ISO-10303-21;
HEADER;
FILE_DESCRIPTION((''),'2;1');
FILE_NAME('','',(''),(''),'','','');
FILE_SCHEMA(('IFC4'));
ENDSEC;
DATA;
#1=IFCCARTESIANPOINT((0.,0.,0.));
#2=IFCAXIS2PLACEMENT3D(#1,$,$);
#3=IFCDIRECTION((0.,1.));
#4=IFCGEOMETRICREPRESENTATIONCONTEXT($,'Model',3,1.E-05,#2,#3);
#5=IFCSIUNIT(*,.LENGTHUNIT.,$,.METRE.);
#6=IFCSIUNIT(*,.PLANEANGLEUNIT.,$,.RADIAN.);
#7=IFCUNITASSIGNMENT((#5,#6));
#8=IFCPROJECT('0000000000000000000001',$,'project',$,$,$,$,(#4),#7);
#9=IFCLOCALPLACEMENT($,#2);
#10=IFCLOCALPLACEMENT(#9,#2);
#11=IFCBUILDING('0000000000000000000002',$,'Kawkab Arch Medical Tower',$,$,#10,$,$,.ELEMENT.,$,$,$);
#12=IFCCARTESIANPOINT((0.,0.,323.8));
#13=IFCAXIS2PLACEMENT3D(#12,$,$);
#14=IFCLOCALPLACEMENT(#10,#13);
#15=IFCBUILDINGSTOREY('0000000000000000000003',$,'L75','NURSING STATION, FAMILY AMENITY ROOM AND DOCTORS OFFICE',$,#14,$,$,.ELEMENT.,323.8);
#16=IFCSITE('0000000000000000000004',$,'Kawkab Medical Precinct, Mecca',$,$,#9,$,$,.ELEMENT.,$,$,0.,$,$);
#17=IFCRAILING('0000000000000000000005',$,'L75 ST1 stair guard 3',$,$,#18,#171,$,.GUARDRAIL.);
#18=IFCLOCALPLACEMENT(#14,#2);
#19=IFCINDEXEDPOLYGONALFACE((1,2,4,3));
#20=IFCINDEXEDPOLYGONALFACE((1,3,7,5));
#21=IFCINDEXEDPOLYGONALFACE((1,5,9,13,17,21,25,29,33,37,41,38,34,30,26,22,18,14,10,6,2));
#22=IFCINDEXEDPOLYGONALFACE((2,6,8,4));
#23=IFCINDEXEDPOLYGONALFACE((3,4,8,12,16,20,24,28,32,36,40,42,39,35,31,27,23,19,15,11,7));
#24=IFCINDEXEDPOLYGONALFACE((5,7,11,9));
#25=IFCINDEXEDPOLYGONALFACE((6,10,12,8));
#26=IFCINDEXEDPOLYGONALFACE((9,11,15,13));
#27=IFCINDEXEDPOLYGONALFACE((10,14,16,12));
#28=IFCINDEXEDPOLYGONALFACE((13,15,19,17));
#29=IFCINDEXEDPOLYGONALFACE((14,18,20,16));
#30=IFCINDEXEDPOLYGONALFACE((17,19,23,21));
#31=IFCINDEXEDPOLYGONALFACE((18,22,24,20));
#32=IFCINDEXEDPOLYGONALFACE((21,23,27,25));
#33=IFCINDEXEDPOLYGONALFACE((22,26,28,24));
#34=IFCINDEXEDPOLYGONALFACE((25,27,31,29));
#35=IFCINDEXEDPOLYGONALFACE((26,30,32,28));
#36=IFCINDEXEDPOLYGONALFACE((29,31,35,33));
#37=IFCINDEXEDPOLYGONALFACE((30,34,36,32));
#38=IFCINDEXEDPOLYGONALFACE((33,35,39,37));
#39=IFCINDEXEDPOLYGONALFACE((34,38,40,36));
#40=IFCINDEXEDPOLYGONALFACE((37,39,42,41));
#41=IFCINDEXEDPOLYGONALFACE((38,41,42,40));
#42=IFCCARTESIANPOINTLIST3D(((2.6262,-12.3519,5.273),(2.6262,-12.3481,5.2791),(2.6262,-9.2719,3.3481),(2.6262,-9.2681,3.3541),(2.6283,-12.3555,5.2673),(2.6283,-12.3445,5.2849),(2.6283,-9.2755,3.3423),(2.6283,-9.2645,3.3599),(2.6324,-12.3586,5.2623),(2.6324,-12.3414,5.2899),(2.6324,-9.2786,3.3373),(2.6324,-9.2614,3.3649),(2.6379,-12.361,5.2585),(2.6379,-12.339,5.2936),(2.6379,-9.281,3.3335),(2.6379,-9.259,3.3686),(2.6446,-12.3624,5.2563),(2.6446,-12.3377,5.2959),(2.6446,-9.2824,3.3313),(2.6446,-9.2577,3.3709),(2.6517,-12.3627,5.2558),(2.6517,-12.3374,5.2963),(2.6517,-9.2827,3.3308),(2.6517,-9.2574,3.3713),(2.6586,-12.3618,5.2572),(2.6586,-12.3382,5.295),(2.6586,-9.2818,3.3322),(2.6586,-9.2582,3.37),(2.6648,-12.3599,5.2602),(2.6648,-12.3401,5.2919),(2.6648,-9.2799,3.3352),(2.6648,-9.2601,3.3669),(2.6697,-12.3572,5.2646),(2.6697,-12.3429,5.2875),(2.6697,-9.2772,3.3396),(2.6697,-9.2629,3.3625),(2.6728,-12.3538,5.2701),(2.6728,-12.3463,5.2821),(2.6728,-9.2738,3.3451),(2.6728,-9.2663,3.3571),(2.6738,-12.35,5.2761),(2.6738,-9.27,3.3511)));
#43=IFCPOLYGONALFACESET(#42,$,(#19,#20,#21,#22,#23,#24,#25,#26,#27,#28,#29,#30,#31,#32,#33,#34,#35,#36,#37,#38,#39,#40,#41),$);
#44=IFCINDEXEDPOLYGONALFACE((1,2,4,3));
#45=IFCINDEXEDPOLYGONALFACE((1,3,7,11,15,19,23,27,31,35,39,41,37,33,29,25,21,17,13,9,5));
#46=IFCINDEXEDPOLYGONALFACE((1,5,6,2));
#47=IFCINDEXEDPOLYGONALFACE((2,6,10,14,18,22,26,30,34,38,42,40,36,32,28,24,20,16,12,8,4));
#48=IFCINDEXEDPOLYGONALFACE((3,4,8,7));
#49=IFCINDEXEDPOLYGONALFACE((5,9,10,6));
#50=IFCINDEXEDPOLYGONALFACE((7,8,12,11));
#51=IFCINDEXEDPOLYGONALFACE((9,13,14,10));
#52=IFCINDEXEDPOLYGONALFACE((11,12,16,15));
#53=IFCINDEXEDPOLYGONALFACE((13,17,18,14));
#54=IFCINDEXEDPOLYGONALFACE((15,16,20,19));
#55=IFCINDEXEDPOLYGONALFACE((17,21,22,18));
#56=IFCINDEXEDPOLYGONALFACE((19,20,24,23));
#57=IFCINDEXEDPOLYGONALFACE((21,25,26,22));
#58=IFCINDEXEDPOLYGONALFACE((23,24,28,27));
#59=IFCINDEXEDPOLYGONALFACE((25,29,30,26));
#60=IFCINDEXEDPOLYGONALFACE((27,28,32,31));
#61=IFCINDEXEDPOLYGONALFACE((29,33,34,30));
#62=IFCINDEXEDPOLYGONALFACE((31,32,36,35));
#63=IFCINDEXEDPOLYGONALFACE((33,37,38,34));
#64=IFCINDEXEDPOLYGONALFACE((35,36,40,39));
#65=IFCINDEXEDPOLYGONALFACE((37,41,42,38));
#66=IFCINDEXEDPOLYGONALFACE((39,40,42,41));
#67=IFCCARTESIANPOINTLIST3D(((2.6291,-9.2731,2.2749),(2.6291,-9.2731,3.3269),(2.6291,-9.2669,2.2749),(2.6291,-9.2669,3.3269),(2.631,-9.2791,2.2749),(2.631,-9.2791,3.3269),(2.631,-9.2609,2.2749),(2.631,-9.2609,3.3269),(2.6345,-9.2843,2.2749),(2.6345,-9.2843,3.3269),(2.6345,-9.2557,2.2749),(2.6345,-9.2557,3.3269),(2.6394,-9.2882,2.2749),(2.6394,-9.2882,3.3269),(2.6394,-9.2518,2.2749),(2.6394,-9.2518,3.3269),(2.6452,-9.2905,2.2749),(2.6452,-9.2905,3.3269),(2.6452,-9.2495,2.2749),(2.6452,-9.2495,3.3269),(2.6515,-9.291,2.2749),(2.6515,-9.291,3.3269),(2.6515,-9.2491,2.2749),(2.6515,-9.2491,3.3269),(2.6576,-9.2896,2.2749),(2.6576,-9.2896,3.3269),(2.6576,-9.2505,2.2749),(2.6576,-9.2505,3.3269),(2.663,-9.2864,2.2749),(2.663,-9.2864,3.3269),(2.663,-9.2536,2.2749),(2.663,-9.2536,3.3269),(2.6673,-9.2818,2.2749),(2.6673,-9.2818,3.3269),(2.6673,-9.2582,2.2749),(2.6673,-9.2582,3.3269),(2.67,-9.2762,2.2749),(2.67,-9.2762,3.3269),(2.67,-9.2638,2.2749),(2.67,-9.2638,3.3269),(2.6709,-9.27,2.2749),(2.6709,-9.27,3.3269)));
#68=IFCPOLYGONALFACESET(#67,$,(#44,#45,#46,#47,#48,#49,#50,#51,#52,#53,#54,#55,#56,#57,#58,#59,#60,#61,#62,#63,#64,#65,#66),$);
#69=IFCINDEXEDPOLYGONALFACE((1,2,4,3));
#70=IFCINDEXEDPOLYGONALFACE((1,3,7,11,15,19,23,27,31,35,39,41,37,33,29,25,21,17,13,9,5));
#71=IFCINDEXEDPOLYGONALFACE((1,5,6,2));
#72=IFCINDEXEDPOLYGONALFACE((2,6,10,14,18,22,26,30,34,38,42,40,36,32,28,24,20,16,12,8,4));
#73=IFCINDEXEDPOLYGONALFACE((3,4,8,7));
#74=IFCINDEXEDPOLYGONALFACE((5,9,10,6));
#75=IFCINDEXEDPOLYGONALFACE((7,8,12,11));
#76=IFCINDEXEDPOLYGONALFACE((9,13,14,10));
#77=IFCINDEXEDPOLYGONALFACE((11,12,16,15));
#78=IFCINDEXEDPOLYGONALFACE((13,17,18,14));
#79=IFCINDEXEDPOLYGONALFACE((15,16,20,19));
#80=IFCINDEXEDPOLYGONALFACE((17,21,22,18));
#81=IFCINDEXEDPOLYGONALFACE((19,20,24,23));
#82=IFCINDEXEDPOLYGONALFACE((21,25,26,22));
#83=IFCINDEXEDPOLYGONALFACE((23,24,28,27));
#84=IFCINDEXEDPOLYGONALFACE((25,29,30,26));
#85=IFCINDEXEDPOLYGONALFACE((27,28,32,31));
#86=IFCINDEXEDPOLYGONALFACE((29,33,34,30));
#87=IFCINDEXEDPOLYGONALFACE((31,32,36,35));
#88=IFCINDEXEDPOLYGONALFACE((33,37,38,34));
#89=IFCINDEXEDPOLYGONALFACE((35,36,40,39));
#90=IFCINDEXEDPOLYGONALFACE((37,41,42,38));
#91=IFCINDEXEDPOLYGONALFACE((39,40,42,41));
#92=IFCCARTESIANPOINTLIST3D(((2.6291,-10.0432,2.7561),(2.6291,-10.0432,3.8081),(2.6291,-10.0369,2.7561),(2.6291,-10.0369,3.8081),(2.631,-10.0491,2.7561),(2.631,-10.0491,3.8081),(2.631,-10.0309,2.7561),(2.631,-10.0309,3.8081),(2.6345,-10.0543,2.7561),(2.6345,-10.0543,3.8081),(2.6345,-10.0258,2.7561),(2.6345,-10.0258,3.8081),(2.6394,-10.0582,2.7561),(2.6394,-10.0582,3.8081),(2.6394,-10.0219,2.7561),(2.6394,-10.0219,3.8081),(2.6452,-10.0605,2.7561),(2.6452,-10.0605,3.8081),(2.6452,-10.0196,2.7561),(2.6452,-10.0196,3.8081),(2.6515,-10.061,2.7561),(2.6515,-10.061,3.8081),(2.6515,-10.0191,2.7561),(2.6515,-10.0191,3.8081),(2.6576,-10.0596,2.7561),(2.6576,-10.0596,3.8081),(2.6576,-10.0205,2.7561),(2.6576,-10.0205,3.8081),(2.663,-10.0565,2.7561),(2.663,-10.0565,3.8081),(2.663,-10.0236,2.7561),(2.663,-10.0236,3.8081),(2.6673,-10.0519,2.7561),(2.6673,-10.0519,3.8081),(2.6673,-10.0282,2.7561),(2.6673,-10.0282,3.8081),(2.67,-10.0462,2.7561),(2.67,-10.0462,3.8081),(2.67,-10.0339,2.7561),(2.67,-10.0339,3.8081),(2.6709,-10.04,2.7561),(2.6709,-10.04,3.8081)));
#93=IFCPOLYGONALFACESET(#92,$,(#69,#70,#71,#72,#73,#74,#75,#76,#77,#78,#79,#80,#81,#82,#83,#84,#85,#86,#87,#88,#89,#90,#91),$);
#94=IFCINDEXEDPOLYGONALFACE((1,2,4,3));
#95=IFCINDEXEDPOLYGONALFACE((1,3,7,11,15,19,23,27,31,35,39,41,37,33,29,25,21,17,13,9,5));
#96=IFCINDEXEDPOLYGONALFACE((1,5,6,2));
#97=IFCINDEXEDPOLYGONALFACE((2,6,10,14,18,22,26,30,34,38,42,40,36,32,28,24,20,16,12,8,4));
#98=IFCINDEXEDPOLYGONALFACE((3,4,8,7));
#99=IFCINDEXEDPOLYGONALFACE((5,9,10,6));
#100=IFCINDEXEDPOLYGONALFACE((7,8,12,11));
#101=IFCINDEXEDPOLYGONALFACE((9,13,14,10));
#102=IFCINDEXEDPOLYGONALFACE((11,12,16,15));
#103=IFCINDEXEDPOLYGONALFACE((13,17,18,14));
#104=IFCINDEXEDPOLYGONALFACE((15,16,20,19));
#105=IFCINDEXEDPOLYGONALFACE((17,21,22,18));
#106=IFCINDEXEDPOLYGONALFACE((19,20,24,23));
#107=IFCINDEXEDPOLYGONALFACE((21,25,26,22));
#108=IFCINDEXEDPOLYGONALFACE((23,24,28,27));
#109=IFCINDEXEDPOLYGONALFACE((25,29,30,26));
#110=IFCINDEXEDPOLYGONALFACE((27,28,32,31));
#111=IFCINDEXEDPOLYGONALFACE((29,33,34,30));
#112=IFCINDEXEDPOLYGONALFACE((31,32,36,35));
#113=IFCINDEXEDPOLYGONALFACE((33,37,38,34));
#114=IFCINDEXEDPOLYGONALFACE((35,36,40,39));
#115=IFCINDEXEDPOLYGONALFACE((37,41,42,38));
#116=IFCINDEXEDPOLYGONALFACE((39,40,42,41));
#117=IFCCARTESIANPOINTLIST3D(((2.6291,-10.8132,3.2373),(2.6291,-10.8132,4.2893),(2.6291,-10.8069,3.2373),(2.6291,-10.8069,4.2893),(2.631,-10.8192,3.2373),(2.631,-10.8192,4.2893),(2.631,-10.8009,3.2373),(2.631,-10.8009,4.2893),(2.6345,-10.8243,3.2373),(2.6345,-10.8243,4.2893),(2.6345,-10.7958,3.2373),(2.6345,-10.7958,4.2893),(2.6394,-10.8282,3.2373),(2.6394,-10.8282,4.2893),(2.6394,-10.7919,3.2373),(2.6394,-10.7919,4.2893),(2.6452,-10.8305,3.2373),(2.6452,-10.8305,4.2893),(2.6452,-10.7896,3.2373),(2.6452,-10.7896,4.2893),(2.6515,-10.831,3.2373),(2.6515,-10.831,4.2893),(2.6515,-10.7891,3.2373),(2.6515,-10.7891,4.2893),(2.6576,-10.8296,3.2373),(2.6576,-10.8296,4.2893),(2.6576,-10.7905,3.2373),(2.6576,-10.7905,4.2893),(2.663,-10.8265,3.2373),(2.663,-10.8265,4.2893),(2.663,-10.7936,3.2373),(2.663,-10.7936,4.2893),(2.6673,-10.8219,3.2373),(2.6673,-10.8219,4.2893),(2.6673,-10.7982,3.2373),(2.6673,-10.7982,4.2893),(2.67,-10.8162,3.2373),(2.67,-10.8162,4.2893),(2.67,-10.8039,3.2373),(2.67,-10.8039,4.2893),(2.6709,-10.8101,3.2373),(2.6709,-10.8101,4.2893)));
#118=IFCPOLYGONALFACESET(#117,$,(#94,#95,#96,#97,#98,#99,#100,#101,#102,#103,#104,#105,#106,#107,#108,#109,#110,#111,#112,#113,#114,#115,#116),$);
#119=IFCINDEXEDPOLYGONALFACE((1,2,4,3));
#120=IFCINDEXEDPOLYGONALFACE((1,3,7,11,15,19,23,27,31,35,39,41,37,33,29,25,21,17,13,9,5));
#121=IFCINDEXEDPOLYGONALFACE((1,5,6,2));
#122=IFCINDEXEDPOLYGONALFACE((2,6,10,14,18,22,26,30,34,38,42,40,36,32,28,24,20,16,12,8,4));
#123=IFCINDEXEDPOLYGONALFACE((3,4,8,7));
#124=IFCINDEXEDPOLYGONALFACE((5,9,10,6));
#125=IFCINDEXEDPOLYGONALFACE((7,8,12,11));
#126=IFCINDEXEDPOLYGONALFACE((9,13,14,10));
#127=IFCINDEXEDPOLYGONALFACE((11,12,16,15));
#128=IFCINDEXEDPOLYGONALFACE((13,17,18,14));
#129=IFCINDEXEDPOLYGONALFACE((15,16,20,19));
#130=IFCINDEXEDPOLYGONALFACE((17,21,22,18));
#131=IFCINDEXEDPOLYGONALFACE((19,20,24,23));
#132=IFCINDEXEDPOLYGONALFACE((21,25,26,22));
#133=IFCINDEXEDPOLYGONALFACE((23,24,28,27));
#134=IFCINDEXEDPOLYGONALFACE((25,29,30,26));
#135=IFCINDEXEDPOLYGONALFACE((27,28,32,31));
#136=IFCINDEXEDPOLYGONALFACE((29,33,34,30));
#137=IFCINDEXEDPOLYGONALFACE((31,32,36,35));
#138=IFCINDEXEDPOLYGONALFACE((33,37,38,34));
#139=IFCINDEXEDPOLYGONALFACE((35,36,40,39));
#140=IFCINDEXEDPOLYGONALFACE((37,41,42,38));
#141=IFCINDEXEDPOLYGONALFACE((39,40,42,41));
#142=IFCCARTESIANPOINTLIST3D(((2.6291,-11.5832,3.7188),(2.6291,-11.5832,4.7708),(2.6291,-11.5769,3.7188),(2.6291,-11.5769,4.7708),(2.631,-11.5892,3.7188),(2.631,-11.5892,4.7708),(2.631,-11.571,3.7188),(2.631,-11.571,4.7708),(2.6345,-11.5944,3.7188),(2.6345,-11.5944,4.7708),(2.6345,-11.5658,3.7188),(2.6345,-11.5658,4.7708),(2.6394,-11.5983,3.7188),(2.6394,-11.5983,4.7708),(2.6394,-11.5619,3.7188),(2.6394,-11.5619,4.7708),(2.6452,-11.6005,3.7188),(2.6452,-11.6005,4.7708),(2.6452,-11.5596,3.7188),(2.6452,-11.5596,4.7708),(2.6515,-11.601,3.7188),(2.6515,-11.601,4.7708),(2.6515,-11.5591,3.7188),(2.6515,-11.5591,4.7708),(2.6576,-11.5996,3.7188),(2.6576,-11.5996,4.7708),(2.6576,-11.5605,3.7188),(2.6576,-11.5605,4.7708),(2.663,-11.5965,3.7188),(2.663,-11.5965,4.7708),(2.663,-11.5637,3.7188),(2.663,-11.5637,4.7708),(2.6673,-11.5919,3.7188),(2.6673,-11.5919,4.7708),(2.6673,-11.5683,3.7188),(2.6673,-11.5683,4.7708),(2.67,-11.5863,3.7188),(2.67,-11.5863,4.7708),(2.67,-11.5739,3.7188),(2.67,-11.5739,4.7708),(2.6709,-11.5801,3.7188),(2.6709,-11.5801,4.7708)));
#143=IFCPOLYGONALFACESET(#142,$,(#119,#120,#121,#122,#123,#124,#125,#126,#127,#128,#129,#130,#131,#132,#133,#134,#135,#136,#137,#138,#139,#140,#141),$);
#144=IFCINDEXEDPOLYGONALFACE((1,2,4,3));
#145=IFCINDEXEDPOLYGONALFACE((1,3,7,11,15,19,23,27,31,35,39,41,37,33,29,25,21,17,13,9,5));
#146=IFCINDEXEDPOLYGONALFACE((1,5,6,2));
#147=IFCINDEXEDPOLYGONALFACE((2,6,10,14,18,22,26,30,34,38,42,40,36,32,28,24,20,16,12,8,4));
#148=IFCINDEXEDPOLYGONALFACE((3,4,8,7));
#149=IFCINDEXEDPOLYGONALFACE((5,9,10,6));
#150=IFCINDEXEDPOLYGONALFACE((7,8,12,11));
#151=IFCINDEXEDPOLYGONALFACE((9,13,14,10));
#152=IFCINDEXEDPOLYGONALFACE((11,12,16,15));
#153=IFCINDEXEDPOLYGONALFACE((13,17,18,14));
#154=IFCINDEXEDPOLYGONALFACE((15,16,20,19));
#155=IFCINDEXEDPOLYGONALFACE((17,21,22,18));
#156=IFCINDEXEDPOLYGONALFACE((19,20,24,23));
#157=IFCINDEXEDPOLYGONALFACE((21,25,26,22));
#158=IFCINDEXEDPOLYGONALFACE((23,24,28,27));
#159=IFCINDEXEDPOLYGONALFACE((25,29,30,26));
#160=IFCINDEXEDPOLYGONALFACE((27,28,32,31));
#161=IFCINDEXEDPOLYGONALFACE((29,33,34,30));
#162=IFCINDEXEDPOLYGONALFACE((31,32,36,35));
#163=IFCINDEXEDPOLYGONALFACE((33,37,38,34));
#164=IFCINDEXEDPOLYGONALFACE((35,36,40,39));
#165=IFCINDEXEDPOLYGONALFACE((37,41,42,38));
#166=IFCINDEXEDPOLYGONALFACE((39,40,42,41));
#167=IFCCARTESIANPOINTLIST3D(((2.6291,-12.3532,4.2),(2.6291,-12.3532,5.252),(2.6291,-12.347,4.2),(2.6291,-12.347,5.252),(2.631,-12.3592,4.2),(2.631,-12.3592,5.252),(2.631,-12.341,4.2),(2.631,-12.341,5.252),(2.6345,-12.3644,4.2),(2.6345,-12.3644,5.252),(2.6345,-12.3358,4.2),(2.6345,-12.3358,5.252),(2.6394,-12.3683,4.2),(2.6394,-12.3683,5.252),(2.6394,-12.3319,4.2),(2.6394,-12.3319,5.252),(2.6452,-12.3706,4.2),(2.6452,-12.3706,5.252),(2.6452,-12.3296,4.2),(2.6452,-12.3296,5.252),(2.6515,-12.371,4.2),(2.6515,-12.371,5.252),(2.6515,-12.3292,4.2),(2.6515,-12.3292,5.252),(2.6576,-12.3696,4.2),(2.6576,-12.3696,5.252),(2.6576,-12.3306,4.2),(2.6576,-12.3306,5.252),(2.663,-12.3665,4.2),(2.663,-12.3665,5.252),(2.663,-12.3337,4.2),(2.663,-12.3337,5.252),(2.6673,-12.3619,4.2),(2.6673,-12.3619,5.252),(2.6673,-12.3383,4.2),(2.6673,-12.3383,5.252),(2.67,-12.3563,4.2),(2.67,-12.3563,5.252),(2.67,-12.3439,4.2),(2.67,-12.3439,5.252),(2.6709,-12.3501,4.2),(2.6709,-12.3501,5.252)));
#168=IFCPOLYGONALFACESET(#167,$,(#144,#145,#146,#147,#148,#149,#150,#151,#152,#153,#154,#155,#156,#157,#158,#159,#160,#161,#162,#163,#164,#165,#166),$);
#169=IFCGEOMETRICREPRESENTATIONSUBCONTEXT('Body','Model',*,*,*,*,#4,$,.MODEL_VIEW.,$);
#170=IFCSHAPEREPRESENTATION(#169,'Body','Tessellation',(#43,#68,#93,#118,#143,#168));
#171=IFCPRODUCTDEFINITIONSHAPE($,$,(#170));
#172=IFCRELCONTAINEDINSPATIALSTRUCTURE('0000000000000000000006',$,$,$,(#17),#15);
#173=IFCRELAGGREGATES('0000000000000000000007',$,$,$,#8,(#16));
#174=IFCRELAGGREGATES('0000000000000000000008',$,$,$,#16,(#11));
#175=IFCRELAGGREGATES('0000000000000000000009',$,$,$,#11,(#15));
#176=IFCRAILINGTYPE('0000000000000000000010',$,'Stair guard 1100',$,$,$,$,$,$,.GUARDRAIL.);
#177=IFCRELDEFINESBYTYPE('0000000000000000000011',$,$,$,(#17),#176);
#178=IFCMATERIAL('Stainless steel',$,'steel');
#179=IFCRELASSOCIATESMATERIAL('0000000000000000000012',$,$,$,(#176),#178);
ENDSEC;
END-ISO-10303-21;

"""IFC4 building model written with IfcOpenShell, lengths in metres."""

from ifc_helpers import new_model, si_unit, direction, frame, origin, origin_2d, place, context, subcontext, project, spatial, circle, extrude, material, type_object, element, save


model = new_model("IFC4")

# Units and contexts
model_context = context("Model", 3, precision=1e-05, world=origin(), true_north=direction((0.0, 1.0)))
body_context = subcontext(model_context, "Body", "Model", "MODEL_VIEW")
ifc_project = project(units=[si_unit("LENGTHUNIT", "METRE"), si_unit("PLANEANGLEUNIT", "RADIAN")], contexts=[model_context])

# Site, building, storey
site_placement = place(None, origin())
site = spatial("IfcSite", under=ifc_project, at=site_placement, Name="Kawkab Medical Precinct, Mecca", CompositionType="ELEMENT", RefElevation=0.0)
building_placement = place(site_placement, origin())
building = spatial("IfcBuilding", under=site, at=building_placement, Name="Kawkab Arch Medical Tower", CompositionType="ELEMENT")
storey_placement = place(building_placement, frame((0.0, 0.0, 323.8)))
storey = spatial("IfcBuildingStorey", under=building, at=storey_placement, Name="L75", Description="NURSING STATION, FAMILY AMENITY ROOM AND DOCTORS OFFICE", CompositionType="ELEMENT", Elevation=323.8)

# Railing
ifc_material_1 = material(Name="Stainless steel", Category="steel")
railing_type = type_object("IfcRailingType", Name="Stair guard 1100", PredefinedType="GUARDRAIL", material=ifc_material_1)
railing_1_placement = place(storey_placement, frame((2.6499, -9.27, 2.2749)))
element("IfcRailing", 1, at=railing_1_placement, inside=storey, type_object=railing_type, Name="L75 ST1 stair guard 3", PredefinedType="GUARDRAIL", context=body_context, shape_type="SweptSolid", body=[
    extrude(circle(Radius=0.0239, at=origin_2d()), frame((0.0, 0.0, 1.0762), z_axis=(0.0, -0.847998, 0.529999), x_axis=(1.0, 0.0, 0.0)), (0.0, 0.0, 1.0), 3.6321),
    extrude(circle(Radius=0.021, at=origin_2d()), origin(), (0.0, 0.0, 1.0), 1.052),
    extrude(circle(Radius=0.021, at=origin_2d()), frame((0.0, -0.77, 0.4812)), (0.0, 0.0, 1.0), 1.052),
    extrude(circle(Radius=0.021, at=origin_2d()), frame((0.0, -1.54, 0.9624)), (0.0, 0.0, 1.0), 1.052),
    extrude(circle(Radius=0.021, at=origin_2d()), frame((0.0, -2.3101, 1.4438)), (0.0, 0.0, 1.0), 1.052),
    extrude(circle(Radius=0.021, at=origin_2d()), frame((0.0, -3.0801, 1.925)), (0.0, 0.0, 1.0), 1.052),
])

save(model, "model.ifc")
